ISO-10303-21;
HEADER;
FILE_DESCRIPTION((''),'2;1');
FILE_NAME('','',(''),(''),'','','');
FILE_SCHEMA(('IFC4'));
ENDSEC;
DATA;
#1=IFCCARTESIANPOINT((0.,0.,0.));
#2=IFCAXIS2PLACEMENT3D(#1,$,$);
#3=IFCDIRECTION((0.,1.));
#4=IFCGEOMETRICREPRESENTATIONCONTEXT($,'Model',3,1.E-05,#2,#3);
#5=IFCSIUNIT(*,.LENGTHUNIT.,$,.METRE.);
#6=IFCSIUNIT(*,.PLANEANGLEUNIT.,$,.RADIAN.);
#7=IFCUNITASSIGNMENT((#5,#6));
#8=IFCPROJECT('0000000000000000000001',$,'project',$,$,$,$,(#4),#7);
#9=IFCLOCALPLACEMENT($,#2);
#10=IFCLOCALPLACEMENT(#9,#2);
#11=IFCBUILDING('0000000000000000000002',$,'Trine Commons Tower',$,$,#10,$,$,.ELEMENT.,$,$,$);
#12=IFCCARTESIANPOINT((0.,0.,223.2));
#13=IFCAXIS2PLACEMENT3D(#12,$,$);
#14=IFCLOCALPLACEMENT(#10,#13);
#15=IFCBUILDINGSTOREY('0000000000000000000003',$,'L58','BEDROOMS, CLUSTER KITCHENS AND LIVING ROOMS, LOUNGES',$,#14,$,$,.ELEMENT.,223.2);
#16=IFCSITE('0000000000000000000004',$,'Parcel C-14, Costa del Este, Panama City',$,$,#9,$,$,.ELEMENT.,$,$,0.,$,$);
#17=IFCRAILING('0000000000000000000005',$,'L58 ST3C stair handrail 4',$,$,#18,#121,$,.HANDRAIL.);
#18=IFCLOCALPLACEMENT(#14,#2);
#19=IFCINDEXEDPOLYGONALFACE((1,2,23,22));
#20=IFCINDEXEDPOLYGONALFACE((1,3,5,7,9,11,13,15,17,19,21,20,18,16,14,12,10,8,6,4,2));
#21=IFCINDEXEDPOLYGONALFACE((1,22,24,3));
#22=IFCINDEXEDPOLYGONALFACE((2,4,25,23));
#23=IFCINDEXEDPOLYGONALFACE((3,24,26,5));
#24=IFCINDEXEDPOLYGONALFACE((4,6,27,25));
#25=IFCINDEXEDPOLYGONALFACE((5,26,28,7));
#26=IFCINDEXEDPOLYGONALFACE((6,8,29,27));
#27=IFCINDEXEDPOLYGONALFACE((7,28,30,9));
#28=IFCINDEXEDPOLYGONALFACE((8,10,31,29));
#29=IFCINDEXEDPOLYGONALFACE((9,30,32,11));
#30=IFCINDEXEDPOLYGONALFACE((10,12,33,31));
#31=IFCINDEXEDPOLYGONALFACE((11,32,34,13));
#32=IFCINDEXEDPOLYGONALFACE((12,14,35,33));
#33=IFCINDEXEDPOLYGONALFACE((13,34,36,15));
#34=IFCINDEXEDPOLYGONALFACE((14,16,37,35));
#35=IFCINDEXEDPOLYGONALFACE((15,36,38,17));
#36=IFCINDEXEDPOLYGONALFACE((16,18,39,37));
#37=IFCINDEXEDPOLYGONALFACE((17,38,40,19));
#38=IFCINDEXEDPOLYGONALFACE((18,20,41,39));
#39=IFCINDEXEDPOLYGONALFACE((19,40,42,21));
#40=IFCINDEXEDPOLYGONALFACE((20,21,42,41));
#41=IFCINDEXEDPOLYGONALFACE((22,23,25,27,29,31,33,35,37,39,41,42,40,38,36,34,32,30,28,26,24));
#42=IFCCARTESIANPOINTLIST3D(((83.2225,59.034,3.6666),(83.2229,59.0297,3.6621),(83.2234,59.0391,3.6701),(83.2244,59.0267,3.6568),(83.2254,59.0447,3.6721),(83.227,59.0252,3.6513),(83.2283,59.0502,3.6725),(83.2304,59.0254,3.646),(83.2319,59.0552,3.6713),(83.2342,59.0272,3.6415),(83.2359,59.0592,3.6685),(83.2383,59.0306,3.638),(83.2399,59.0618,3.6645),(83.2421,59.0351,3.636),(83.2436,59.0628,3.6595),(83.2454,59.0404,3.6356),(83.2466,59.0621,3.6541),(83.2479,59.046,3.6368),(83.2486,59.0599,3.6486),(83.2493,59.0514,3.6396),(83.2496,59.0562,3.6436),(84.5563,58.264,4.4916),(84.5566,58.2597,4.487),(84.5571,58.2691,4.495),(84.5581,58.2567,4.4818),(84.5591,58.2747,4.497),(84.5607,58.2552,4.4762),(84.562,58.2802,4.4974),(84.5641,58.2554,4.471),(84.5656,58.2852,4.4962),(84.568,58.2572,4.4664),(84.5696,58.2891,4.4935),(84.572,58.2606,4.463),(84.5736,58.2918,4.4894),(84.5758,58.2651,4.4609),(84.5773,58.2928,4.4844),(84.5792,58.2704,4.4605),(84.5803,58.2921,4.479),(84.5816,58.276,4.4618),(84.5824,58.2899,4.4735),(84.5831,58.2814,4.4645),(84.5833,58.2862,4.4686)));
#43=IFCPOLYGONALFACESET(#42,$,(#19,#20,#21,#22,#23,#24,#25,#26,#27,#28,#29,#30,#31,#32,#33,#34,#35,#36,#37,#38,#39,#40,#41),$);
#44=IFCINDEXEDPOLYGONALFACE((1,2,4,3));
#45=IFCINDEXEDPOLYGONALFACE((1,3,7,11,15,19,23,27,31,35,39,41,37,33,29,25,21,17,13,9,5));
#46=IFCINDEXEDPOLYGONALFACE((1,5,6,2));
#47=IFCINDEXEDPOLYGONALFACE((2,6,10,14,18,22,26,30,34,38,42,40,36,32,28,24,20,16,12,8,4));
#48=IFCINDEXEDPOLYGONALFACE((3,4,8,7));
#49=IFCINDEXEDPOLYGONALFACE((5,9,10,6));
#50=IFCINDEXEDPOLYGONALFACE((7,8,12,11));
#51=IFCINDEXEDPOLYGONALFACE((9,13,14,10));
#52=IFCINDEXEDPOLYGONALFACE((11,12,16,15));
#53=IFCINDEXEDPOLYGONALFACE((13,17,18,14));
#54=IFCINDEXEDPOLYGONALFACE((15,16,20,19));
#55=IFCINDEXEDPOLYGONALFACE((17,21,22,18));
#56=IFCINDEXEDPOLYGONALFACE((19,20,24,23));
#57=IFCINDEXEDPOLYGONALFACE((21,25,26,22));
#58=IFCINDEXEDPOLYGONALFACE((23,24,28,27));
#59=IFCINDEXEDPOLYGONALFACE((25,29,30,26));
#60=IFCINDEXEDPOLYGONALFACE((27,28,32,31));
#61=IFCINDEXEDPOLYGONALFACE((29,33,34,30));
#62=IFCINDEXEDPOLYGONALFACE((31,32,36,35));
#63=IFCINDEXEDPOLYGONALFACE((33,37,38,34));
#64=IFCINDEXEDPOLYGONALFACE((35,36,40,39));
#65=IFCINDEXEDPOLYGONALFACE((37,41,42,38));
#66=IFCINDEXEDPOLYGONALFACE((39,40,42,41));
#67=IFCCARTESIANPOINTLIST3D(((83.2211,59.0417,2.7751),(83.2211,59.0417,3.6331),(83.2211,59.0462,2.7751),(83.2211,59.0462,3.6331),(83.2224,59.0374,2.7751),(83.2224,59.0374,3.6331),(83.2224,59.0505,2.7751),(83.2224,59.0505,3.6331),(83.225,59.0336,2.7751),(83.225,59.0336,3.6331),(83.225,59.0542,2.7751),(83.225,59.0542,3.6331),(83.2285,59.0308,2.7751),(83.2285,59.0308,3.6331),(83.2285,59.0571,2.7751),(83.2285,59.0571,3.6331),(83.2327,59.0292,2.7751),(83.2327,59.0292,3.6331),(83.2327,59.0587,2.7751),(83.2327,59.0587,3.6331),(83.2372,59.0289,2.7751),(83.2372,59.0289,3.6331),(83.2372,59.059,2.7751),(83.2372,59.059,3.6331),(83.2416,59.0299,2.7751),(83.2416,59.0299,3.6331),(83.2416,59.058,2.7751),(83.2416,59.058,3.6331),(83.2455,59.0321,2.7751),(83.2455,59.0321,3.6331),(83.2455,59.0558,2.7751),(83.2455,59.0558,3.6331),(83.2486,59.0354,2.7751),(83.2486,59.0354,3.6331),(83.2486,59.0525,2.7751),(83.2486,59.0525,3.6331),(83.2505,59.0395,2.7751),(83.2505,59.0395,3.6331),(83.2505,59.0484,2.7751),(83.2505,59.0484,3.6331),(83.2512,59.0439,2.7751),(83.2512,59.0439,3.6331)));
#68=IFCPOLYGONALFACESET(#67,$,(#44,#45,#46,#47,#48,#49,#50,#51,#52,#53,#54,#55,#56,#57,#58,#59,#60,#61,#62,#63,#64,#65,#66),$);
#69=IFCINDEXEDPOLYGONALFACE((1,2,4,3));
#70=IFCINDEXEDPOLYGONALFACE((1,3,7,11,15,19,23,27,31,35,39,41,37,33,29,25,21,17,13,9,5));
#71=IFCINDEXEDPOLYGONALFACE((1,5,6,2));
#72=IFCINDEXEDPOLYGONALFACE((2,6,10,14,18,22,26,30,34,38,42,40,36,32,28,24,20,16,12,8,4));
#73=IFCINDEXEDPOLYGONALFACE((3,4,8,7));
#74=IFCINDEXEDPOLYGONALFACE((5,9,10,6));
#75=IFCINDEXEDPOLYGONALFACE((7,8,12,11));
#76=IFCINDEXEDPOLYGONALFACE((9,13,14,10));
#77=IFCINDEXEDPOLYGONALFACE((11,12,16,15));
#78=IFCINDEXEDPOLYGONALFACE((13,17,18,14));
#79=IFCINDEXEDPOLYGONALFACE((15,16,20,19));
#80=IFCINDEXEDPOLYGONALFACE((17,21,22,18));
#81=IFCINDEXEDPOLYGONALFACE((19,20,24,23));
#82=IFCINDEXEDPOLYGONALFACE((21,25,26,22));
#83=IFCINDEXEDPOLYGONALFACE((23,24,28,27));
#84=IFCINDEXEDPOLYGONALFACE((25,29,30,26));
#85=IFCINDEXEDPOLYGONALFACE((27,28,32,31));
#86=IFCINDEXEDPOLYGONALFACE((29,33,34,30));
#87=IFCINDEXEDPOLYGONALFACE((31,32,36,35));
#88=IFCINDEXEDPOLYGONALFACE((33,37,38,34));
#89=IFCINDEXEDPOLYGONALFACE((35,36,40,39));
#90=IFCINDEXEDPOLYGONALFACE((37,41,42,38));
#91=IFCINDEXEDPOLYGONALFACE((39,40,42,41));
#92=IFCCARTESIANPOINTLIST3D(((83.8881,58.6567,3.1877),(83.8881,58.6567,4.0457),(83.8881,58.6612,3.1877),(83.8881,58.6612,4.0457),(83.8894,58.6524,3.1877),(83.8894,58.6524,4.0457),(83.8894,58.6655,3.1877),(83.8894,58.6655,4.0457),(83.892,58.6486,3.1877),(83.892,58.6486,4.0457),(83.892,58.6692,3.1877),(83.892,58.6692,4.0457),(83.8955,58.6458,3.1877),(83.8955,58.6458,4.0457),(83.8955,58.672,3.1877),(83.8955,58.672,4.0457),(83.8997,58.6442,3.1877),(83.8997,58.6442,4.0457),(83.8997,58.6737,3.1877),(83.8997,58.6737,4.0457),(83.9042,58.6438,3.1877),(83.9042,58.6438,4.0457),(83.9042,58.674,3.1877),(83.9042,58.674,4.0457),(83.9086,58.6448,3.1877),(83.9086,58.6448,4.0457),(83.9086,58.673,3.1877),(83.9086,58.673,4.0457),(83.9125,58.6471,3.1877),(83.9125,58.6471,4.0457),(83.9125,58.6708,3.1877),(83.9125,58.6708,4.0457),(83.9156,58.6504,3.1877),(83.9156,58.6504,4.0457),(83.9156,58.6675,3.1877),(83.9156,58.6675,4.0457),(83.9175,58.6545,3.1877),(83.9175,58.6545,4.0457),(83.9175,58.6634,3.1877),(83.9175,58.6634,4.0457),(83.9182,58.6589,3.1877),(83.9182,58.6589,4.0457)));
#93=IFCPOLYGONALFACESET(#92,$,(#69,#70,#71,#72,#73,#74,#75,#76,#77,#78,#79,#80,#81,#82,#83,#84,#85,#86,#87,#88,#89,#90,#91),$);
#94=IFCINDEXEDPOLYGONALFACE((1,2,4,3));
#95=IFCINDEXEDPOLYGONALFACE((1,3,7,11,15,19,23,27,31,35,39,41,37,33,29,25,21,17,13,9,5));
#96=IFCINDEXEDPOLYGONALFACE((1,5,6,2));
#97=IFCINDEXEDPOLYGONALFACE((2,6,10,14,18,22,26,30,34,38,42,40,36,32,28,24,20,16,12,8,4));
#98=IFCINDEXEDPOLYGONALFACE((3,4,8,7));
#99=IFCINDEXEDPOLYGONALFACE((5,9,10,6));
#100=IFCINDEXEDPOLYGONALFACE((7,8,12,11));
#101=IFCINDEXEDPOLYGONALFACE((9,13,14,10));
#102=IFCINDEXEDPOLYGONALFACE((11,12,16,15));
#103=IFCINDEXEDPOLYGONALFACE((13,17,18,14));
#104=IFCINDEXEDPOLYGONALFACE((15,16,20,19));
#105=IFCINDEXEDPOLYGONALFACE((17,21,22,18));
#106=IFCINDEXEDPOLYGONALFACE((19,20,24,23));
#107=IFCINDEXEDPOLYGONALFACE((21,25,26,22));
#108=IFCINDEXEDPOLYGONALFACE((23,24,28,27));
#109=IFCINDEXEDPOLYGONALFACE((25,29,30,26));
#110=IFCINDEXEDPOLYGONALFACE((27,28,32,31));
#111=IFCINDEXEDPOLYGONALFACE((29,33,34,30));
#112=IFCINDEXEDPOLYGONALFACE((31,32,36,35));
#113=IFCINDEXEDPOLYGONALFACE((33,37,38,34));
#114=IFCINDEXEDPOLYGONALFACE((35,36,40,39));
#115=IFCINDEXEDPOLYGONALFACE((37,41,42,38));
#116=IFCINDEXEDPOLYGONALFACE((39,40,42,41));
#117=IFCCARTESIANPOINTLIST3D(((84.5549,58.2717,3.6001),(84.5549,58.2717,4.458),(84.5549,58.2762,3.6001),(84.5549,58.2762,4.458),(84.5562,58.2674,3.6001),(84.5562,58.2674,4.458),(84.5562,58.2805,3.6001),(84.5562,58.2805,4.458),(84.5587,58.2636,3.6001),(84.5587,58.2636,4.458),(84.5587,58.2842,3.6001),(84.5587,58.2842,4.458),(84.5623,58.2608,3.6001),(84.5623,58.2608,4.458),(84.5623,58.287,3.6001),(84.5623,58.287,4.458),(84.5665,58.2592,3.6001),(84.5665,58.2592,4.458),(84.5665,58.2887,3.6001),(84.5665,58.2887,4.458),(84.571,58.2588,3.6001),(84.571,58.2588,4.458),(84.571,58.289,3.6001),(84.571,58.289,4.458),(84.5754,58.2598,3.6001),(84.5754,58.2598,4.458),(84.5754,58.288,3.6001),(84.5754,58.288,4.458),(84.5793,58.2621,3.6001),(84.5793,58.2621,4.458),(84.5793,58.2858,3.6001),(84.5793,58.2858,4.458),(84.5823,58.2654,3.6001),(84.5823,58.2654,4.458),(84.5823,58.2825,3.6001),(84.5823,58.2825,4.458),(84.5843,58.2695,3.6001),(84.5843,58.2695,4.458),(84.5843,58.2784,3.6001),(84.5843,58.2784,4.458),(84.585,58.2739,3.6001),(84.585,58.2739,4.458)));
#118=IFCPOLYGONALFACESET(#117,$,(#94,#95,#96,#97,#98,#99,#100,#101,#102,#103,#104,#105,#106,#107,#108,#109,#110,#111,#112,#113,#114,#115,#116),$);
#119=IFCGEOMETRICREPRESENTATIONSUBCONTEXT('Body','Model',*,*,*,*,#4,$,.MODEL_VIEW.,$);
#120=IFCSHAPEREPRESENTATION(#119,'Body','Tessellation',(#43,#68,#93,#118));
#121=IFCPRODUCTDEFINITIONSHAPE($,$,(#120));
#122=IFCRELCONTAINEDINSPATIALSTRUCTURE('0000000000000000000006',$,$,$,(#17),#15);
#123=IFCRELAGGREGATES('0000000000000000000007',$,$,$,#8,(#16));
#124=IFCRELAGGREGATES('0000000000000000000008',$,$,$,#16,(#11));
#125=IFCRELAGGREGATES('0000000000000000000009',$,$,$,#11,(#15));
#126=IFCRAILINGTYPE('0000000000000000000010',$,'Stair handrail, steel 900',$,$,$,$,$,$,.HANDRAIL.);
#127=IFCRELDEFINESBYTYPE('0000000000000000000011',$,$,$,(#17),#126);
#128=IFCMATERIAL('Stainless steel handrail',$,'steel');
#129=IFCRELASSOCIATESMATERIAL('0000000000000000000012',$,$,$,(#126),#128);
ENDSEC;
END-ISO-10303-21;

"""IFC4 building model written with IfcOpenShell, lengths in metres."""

from ifc_helpers import new_model, si_unit, direction, frame, origin, origin_2d, place, context, subcontext, project, spatial, circle, extrude, material, type_object, element, save


model = new_model("IFC4")

# Units and contexts
model_context = context("Model", 3, precision=1e-05, world=origin(), true_north=direction((0.0, 1.0)))
body_context = subcontext(model_context, "Body", "Model", "MODEL_VIEW")
ifc_project = project(units=[si_unit("LENGTHUNIT", "METRE"), si_unit("PLANEANGLEUNIT", "RADIAN")], contexts=[model_context])

# Site, building, storey
site_placement = place(None, origin())
site = spatial("IfcSite", under=ifc_project, at=site_placement, Name="Parcel C-14, Costa del Este, Panama City", CompositionType="ELEMENT", RefElevation=0.0)
building_placement = place(site_placement, origin())
building = spatial("IfcBuilding", under=site, at=building_placement, Name="Trine Commons Tower", CompositionType="ELEMENT")
storey_placement = place(building_placement, frame((0.0, 0.0, 223.2)))
storey = spatial("IfcBuildingStorey", under=building, at=storey_placement, Name="L58", Description="BEDROOMS, CLUSTER KITCHENS AND LIVING ROOMS, LOUNGES", CompositionType="ELEMENT", Elevation=223.2)

# Railing
ifc_material_1 = material(Name="Stainless steel handrail", Category="steel")
railing_type_1 = type_object("IfcRailingType", Name="Stair handrail, steel 900", PredefinedType="HANDRAIL", material=ifc_material_1)
railing_1_placement = place(storey_placement, frame((83.2361, 59.0439, 2.7751)))
element("IfcRailing", 1, at=railing_1_placement, inside=storey, type_object=railing_type_1, Name="L58 ST3C stair handrail 4", PredefinedType="HANDRAIL", context=body_context, shape_type="SweptSolid", body=[
    extrude(circle(Radius=0.021, at=origin_2d()), frame((0.0, 0.0, 0.8789), z_axis=(0.763405, -0.440743, 0.472185), x_axis=(0.499992, 0.86603, 0.0)), (0.0, 0.0, 1.0), 1.7471),
    extrude(circle(Radius=0.0151, at=origin_2d()), origin(), (0.0, 0.0, 1.0), 0.8579),
    extrude(circle(Radius=0.0151, at=origin_2d()), frame((0.667, -0.385, 0.4126)), (0.0, 0.0, 1.0), 0.8579),
    extrude(circle(Radius=0.0151, at=origin_2d()), frame((1.3337, -0.77, 0.825)), (0.0, 0.0, 1.0), 0.8579),
])

save(model, "model.ifc")
